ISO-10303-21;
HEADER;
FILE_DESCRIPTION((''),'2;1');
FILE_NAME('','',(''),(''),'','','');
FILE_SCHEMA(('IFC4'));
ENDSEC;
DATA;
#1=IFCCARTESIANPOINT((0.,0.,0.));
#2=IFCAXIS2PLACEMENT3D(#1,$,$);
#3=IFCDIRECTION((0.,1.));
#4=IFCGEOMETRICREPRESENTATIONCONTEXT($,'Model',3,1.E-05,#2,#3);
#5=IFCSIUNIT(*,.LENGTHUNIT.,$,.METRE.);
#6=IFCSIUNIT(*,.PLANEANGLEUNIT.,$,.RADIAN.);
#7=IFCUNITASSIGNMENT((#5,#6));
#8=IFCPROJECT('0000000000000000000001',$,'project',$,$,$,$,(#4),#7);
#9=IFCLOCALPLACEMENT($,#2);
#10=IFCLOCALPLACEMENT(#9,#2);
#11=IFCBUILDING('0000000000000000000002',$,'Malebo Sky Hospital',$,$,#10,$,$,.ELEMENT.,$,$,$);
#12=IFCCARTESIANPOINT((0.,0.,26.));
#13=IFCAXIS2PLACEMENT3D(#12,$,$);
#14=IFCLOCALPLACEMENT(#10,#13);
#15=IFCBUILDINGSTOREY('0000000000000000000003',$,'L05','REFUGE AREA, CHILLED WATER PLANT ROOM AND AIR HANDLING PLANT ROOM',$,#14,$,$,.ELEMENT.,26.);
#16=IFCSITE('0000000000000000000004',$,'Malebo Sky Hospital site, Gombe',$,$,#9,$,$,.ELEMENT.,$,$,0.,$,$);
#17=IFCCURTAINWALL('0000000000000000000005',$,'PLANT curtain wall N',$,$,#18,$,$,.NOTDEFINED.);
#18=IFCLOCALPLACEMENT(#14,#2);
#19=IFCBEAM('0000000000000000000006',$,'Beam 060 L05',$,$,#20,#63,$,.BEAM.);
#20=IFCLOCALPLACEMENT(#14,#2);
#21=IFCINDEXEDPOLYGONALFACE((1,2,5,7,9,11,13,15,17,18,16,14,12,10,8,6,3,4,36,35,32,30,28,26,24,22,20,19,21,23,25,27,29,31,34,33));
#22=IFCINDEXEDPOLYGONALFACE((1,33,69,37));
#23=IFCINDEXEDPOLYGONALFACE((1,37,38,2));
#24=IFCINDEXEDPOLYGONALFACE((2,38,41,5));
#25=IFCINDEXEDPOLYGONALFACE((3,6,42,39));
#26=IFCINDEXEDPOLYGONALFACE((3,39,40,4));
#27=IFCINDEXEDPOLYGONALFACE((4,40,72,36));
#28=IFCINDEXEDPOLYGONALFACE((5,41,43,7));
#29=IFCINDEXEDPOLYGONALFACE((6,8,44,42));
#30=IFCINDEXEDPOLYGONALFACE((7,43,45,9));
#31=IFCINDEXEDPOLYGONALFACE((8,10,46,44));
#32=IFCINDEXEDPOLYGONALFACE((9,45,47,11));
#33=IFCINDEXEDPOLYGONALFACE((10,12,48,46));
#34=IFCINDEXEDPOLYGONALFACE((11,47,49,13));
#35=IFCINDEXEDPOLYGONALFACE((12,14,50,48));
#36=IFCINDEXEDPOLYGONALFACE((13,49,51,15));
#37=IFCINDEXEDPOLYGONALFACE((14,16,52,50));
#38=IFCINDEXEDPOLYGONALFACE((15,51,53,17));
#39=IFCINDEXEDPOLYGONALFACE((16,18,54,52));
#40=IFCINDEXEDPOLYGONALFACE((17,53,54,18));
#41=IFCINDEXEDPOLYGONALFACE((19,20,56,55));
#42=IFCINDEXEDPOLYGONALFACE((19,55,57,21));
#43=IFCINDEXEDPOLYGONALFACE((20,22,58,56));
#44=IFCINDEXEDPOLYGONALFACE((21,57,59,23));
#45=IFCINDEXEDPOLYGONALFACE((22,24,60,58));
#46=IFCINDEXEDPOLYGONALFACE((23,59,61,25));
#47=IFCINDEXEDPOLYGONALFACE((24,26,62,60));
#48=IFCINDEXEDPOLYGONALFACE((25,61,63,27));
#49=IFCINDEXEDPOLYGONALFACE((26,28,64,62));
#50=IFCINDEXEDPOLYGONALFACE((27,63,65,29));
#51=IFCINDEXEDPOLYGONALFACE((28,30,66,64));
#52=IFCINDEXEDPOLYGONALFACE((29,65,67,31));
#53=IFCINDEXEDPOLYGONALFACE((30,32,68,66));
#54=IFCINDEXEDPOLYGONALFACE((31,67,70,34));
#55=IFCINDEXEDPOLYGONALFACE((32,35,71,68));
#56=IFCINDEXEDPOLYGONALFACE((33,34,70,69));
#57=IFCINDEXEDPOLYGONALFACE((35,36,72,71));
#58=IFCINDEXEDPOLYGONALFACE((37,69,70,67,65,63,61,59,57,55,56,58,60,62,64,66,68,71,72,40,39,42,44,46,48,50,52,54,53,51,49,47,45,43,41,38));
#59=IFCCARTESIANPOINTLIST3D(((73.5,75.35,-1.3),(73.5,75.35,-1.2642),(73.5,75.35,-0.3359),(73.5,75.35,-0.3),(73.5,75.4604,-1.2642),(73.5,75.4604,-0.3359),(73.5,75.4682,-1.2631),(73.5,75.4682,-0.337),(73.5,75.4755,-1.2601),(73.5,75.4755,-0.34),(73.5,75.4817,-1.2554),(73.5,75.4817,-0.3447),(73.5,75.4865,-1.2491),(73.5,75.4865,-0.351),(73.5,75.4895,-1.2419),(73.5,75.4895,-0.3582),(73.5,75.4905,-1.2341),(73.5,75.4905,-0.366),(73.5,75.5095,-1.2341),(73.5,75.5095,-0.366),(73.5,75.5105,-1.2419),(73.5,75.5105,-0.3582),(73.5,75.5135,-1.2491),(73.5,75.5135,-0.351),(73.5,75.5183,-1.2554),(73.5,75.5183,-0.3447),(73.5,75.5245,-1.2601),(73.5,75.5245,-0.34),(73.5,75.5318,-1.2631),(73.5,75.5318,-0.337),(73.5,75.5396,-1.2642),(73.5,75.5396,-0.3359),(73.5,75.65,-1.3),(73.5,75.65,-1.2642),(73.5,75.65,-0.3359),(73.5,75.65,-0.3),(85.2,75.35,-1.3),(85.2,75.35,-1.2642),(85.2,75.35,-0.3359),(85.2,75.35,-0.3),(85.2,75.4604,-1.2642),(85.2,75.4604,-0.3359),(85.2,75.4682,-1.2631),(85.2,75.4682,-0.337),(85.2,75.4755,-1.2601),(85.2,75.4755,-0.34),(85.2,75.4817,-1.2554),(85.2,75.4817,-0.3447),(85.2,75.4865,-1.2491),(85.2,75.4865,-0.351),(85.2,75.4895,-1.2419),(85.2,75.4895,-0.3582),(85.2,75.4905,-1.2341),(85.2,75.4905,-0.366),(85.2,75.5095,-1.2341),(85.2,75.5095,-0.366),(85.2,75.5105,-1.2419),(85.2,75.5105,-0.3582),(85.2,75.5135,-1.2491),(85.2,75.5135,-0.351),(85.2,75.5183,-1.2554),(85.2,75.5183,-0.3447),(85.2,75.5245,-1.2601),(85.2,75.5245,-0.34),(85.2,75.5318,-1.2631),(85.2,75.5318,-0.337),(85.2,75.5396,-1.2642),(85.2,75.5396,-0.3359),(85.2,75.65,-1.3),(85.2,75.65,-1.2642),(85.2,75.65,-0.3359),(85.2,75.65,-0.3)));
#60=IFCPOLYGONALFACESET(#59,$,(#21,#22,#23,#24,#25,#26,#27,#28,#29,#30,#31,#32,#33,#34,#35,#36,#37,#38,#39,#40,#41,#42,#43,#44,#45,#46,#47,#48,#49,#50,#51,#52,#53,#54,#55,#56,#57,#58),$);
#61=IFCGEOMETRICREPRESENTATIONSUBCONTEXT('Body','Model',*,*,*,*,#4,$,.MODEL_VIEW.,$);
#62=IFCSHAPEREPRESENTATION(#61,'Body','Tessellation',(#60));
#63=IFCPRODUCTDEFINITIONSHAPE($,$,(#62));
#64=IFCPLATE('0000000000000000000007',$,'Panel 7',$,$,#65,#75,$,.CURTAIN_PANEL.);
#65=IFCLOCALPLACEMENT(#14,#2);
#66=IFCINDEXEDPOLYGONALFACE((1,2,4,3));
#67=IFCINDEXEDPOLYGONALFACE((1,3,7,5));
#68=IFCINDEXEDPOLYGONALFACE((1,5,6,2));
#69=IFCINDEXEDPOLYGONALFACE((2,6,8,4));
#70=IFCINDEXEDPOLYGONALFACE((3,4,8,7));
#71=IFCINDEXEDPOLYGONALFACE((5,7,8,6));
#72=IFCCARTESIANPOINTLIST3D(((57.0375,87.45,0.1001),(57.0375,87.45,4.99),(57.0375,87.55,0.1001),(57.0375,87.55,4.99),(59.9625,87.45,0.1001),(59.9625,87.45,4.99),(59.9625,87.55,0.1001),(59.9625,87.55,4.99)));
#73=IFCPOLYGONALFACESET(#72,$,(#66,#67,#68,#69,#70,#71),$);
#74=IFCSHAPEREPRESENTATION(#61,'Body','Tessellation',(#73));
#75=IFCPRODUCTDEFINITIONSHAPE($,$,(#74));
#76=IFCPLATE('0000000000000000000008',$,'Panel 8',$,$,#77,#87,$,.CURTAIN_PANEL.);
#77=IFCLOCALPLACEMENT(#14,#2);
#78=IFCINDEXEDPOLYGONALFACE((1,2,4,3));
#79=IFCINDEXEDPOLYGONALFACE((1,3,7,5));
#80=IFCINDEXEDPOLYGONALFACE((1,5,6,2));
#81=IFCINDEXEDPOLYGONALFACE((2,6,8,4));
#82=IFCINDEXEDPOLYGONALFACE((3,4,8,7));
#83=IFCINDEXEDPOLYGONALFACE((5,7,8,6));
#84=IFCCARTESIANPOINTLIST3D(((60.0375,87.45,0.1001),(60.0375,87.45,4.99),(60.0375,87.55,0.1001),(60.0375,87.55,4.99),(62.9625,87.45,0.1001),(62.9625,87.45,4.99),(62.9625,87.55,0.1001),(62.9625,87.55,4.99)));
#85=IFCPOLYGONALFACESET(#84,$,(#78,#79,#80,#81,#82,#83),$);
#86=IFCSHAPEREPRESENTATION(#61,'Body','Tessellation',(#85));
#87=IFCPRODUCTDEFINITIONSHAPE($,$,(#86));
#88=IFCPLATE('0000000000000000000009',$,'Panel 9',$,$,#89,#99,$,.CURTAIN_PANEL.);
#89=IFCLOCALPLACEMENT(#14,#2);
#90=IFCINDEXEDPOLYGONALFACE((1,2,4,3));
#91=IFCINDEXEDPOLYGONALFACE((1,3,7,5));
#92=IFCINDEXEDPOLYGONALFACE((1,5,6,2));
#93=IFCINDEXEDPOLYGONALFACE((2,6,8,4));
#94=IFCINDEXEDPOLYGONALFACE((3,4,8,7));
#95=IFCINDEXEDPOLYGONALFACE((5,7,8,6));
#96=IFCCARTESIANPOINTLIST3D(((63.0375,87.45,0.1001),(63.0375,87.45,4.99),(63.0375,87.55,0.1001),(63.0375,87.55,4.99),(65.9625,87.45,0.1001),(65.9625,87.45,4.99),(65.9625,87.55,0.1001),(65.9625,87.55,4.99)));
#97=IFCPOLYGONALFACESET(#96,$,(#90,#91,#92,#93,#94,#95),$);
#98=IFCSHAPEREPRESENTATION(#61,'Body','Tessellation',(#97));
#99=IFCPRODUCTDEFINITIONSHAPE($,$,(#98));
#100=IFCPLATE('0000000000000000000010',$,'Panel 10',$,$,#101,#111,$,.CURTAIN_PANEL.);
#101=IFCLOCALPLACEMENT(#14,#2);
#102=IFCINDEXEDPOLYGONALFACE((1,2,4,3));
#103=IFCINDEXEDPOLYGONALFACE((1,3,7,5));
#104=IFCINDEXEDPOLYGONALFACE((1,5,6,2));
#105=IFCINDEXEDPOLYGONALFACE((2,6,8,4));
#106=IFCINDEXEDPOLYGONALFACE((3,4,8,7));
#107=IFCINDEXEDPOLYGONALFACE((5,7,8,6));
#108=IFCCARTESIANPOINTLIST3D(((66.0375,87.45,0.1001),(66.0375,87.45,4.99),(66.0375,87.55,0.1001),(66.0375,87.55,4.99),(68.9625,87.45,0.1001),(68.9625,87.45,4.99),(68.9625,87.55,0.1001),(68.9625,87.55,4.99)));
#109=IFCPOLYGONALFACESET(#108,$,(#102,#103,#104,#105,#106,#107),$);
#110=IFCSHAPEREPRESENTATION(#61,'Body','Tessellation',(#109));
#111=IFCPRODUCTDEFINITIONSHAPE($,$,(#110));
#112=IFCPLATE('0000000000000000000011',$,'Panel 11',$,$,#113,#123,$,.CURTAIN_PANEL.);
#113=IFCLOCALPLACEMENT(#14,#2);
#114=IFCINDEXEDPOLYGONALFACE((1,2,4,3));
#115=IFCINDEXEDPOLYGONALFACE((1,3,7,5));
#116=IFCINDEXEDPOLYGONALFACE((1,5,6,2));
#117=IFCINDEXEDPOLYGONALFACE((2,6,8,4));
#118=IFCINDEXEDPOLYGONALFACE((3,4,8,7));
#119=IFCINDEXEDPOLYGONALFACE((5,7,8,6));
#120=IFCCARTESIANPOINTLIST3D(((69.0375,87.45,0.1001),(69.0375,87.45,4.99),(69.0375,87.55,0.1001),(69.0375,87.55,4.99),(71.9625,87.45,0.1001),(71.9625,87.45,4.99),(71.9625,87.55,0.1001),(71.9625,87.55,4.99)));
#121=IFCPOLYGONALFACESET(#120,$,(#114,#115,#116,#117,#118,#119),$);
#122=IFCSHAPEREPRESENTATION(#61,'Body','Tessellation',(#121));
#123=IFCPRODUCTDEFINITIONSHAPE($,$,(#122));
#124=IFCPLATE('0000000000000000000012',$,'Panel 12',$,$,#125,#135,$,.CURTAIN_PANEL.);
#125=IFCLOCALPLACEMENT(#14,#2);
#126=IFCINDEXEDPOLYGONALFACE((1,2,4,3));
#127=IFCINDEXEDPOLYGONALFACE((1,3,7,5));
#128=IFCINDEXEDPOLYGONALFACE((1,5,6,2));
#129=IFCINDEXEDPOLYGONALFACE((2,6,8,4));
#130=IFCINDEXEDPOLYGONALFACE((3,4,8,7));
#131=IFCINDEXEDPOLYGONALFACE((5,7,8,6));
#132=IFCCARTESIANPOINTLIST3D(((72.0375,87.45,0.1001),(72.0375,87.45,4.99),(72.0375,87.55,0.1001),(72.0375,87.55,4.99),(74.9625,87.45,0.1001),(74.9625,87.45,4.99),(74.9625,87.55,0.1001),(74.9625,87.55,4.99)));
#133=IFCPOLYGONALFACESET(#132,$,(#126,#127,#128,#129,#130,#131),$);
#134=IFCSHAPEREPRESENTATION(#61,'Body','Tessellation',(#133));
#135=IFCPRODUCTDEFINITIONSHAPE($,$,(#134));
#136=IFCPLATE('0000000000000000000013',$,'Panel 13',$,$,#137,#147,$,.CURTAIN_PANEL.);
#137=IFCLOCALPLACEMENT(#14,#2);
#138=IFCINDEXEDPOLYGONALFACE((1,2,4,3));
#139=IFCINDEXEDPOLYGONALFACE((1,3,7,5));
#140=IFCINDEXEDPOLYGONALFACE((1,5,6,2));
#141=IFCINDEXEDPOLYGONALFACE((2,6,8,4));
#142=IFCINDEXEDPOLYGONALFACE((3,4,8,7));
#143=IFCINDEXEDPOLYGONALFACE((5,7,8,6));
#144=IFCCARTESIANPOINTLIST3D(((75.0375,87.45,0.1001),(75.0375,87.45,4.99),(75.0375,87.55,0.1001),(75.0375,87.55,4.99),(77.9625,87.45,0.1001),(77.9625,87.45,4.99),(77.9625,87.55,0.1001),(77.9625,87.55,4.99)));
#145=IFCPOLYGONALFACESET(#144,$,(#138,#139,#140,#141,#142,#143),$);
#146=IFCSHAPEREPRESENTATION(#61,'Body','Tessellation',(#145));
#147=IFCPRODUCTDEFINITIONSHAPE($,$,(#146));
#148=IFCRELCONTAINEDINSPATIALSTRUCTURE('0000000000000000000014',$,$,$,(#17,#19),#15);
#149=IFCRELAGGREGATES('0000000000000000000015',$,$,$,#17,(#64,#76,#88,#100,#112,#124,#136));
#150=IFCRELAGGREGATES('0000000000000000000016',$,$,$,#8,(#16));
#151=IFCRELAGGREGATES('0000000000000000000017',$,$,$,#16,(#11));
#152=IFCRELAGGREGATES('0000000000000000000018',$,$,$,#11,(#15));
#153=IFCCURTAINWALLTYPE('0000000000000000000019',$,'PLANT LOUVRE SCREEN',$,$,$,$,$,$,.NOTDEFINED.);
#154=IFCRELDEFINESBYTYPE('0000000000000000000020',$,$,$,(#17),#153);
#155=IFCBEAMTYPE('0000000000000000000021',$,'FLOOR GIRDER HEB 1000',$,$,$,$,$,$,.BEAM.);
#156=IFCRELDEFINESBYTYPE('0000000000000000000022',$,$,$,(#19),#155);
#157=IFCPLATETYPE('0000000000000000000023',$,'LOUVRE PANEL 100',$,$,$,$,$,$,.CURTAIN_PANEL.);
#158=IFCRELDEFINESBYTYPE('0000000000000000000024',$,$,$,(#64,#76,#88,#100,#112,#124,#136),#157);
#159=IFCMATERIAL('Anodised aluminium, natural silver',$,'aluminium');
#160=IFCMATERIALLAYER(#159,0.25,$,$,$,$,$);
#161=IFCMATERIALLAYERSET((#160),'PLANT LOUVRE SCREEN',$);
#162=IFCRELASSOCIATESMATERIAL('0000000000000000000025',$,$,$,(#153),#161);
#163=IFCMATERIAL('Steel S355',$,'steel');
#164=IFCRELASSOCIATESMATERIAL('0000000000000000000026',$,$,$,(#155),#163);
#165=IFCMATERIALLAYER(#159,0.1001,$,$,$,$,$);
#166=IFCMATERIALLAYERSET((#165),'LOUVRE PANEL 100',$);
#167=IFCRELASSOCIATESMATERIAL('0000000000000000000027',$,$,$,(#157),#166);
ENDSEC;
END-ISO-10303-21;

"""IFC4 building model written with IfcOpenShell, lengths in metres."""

from ifc_helpers import new_model, si_unit, direction, frame, origin, origin_2d, place, context, subcontext, project, spatial, rectangle, i_section, extrude, material, layer, layer_set, material_profile, profile_set, type_object, element, aggregate, save


model = new_model("IFC4")

# Units and contexts
model_context = context("Model", 3, precision=1e-05, world=origin(), true_north=direction((0.0, 1.0)))
body_context = subcontext(model_context, "Body", "Model", "MODEL_VIEW")
ifc_project = project(units=[si_unit("LENGTHUNIT", "METRE"), si_unit("PLANEANGLEUNIT", "RADIAN")], contexts=[model_context])

# Site, building, storey
site_placement = place(None, origin())
site = spatial("IfcSite", under=ifc_project, at=site_placement, Name="Malebo Sky Hospital site, Gombe", CompositionType="ELEMENT", RefElevation=0.0)
building_placement = place(site_placement, origin())
building = spatial("IfcBuilding", under=site, at=building_placement, Name="Malebo Sky Hospital", CompositionType="ELEMENT")
storey_placement = place(building_placement, frame((0.0, 0.0, 26.0)))
storey = spatial("IfcBuildingStorey", under=building, at=storey_placement, Name="L05", Description="REFUGE AREA, CHILLED WATER PLANT ROOM AND AIR HANDLING PLANT ROOM", CompositionType="ELEMENT", Elevation=26.0)

# Curtain wall
ifc_material_1 = material(Name="Anodised aluminium, natural silver", Category="aluminium")
ifc_layer_1 = layer(ifc_material_1, 0.25)
ifc_layer_set_1 = layer_set([ifc_layer_1], Name="PLANT LOUVRE SCREEN")
curtain_wall_type = type_object("IfcCurtainWallType", Name="PLANT LOUVRE SCREEN", PredefinedType="NOTDEFINED", material=ifc_layer_set_1)
curtain_wall_placement = place(storey_placement, origin())
curtain_wall = element("IfcCurtainWall", 1, at=curtain_wall_placement, inside=storey, type_object=curtain_wall_type, Name="PLANT curtain wall N", PredefinedType="NOTDEFINED")

# Beam
ifc_material_2 = material(Name="Steel S355", Category="steel")
ifc_material_profile_1 = material_profile(ifc_material_2, i_section(OverallWidth=0.3, OverallDepth=1.0, WebThickness=0.019, FlangeThickness=0.0359, FilletRadius=0.03, at=origin_2d()), Name="HEB 1000")
ifc_profile_set_1 = profile_set([ifc_material_profile_1], Name="Steel S355")
beam_type_1 = type_object("IfcBeamType", Name="FLOOR GIRDER HEB 1000", PredefinedType="BEAM", material=ifc_profile_set_1)
beam_1_placement = place(storey_placement, frame((73.5, 75.5, -0.8), z_axis=(1.0, 0.0, 0.0), x_axis=(0.0, 1.0, 0.0)))
element("IfcBeam", 2, at=beam_1_placement, inside=storey, type_object=beam_type_1, Name="Beam 060 L05", PredefinedType="BEAM", context=body_context, shape_type="SweptSolid", body=[
    extrude(i_section(OverallWidth=0.3, OverallDepth=1.0, WebThickness=0.019, FlangeThickness=0.0359, FilletRadius=0.03, at=origin_2d()), origin(), (0.0, 0.0, 1.0), 11.7),
])

# Plates
ifc_layer_2 = layer(ifc_material_1, 0.1001)
ifc_layer_set_2 = layer_set([ifc_layer_2], Name="LOUVRE PANEL 100")
plate_type = type_object("IfcPlateType", Name="LOUVRE PANEL 100", PredefinedType="CURTAIN_PANEL", material=ifc_layer_set_2)
plate_1_placement = place(storey_placement, frame((58.5, 87.5, 0.1001), z_axis=(0.0, 0.0, 1.0), x_axis=(1.0, 0.0, 0.0)))
plate_1 = element("IfcPlate", 3, at=plate_1_placement, type_object=plate_type, Name="Panel 7", PredefinedType="CURTAIN_PANEL", context=body_context, shape_type="SweptSolid", body=[
    extrude(rectangle(XDim=2.925, YDim=0.1001, at=origin_2d()), origin(), (0.0, 0.0, 1.0), 4.8899),
])
plate_2_placement = place(storey_placement, frame((61.5, 87.5, 0.1001), z_axis=(0.0, 0.0, 1.0), x_axis=(1.0, 0.0, 0.0)))
plate_2 = element("IfcPlate", 4, at=plate_2_placement, type_object=plate_type, Name="Panel 8", PredefinedType="CURTAIN_PANEL", context=body_context, shape_type="SweptSolid", body=[
    extrude(rectangle(XDim=2.925, YDim=0.1001, at=origin_2d()), origin(), (0.0, 0.0, 1.0), 4.8899),
])
plate_3_placement = place(storey_placement, frame((64.5, 87.5, 0.1001), z_axis=(0.0, 0.0, 1.0), x_axis=(1.0, 0.0, 0.0)))
plate_3 = element("IfcPlate", 5, at=plate_3_placement, type_object=plate_type, Name="Panel 9", PredefinedType="CURTAIN_PANEL", context=body_context, shape_type="SweptSolid", body=[
    extrude(rectangle(XDim=2.925, YDim=0.1001, at=origin_2d()), origin(), (0.0, 0.0, 1.0), 4.8899),
])
plate_4_placement = place(storey_placement, frame((67.5, 87.5, 0.1001), z_axis=(0.0, 0.0, 1.0), x_axis=(1.0, 0.0, 0.0)))
plate_4 = element("IfcPlate", 6, at=plate_4_placement, type_object=plate_type, Name="Panel 10", PredefinedType="CURTAIN_PANEL", context=body_context, shape_type="SweptSolid", body=[
    extrude(rectangle(XDim=2.925, YDim=0.1001, at=origin_2d()), origin(), (0.0, 0.0, 1.0), 4.8899),
])
plate_5_placement = place(storey_placement, frame((70.5, 87.5, 0.1001), z_axis=(0.0, 0.0, 1.0), x_axis=(1.0, 0.0, 0.0)))
plate_5 = element("IfcPlate", 7, at=plate_5_placement, type_object=plate_type, Name="Panel 11", PredefinedType="CURTAIN_PANEL", context=body_context, shape_type="SweptSolid", body=[
    extrude(rectangle(XDim=2.925, YDim=0.1001, at=origin_2d()), origin(), (0.0, 0.0, 1.0), 4.8899),
])
plate_6_placement = place(storey_placement, frame((73.5, 87.5, 0.1001), z_axis=(0.0, 0.0, 1.0), x_axis=(1.0, 0.0, 0.0)))
plate_6 = element("IfcPlate", 8, at=plate_6_placement, type_object=plate_type, Name="Panel 12", PredefinedType="CURTAIN_PANEL", context=body_context, shape_type="SweptSolid", body=[
    extrude(rectangle(XDim=2.925, YDim=0.1001, at=origin_2d()), origin(), (0.0, 0.0, 1.0), 4.8899),
])
plate_7_placement = place(storey_placement, frame((76.5, 87.5, 0.1001), z_axis=(0.0, 0.0, 1.0), x_axis=(1.0, 0.0, 0.0)))
plate_7 = element("IfcPlate", 9, at=plate_7_placement, type_object=plate_type, Name="Panel 13", PredefinedType="CURTAIN_PANEL", context=body_context, shape_type="SweptSolid", body=[
    extrude(rectangle(XDim=2.925, YDim=0.1001, at=origin_2d()), origin(), (0.0, 0.0, 1.0), 4.8899),
])
aggregate(curtain_wall, [plate_1, plate_2, plate_3, plate_4, plate_5, plate_6, plate_7])

save(model, "model.ifc")
